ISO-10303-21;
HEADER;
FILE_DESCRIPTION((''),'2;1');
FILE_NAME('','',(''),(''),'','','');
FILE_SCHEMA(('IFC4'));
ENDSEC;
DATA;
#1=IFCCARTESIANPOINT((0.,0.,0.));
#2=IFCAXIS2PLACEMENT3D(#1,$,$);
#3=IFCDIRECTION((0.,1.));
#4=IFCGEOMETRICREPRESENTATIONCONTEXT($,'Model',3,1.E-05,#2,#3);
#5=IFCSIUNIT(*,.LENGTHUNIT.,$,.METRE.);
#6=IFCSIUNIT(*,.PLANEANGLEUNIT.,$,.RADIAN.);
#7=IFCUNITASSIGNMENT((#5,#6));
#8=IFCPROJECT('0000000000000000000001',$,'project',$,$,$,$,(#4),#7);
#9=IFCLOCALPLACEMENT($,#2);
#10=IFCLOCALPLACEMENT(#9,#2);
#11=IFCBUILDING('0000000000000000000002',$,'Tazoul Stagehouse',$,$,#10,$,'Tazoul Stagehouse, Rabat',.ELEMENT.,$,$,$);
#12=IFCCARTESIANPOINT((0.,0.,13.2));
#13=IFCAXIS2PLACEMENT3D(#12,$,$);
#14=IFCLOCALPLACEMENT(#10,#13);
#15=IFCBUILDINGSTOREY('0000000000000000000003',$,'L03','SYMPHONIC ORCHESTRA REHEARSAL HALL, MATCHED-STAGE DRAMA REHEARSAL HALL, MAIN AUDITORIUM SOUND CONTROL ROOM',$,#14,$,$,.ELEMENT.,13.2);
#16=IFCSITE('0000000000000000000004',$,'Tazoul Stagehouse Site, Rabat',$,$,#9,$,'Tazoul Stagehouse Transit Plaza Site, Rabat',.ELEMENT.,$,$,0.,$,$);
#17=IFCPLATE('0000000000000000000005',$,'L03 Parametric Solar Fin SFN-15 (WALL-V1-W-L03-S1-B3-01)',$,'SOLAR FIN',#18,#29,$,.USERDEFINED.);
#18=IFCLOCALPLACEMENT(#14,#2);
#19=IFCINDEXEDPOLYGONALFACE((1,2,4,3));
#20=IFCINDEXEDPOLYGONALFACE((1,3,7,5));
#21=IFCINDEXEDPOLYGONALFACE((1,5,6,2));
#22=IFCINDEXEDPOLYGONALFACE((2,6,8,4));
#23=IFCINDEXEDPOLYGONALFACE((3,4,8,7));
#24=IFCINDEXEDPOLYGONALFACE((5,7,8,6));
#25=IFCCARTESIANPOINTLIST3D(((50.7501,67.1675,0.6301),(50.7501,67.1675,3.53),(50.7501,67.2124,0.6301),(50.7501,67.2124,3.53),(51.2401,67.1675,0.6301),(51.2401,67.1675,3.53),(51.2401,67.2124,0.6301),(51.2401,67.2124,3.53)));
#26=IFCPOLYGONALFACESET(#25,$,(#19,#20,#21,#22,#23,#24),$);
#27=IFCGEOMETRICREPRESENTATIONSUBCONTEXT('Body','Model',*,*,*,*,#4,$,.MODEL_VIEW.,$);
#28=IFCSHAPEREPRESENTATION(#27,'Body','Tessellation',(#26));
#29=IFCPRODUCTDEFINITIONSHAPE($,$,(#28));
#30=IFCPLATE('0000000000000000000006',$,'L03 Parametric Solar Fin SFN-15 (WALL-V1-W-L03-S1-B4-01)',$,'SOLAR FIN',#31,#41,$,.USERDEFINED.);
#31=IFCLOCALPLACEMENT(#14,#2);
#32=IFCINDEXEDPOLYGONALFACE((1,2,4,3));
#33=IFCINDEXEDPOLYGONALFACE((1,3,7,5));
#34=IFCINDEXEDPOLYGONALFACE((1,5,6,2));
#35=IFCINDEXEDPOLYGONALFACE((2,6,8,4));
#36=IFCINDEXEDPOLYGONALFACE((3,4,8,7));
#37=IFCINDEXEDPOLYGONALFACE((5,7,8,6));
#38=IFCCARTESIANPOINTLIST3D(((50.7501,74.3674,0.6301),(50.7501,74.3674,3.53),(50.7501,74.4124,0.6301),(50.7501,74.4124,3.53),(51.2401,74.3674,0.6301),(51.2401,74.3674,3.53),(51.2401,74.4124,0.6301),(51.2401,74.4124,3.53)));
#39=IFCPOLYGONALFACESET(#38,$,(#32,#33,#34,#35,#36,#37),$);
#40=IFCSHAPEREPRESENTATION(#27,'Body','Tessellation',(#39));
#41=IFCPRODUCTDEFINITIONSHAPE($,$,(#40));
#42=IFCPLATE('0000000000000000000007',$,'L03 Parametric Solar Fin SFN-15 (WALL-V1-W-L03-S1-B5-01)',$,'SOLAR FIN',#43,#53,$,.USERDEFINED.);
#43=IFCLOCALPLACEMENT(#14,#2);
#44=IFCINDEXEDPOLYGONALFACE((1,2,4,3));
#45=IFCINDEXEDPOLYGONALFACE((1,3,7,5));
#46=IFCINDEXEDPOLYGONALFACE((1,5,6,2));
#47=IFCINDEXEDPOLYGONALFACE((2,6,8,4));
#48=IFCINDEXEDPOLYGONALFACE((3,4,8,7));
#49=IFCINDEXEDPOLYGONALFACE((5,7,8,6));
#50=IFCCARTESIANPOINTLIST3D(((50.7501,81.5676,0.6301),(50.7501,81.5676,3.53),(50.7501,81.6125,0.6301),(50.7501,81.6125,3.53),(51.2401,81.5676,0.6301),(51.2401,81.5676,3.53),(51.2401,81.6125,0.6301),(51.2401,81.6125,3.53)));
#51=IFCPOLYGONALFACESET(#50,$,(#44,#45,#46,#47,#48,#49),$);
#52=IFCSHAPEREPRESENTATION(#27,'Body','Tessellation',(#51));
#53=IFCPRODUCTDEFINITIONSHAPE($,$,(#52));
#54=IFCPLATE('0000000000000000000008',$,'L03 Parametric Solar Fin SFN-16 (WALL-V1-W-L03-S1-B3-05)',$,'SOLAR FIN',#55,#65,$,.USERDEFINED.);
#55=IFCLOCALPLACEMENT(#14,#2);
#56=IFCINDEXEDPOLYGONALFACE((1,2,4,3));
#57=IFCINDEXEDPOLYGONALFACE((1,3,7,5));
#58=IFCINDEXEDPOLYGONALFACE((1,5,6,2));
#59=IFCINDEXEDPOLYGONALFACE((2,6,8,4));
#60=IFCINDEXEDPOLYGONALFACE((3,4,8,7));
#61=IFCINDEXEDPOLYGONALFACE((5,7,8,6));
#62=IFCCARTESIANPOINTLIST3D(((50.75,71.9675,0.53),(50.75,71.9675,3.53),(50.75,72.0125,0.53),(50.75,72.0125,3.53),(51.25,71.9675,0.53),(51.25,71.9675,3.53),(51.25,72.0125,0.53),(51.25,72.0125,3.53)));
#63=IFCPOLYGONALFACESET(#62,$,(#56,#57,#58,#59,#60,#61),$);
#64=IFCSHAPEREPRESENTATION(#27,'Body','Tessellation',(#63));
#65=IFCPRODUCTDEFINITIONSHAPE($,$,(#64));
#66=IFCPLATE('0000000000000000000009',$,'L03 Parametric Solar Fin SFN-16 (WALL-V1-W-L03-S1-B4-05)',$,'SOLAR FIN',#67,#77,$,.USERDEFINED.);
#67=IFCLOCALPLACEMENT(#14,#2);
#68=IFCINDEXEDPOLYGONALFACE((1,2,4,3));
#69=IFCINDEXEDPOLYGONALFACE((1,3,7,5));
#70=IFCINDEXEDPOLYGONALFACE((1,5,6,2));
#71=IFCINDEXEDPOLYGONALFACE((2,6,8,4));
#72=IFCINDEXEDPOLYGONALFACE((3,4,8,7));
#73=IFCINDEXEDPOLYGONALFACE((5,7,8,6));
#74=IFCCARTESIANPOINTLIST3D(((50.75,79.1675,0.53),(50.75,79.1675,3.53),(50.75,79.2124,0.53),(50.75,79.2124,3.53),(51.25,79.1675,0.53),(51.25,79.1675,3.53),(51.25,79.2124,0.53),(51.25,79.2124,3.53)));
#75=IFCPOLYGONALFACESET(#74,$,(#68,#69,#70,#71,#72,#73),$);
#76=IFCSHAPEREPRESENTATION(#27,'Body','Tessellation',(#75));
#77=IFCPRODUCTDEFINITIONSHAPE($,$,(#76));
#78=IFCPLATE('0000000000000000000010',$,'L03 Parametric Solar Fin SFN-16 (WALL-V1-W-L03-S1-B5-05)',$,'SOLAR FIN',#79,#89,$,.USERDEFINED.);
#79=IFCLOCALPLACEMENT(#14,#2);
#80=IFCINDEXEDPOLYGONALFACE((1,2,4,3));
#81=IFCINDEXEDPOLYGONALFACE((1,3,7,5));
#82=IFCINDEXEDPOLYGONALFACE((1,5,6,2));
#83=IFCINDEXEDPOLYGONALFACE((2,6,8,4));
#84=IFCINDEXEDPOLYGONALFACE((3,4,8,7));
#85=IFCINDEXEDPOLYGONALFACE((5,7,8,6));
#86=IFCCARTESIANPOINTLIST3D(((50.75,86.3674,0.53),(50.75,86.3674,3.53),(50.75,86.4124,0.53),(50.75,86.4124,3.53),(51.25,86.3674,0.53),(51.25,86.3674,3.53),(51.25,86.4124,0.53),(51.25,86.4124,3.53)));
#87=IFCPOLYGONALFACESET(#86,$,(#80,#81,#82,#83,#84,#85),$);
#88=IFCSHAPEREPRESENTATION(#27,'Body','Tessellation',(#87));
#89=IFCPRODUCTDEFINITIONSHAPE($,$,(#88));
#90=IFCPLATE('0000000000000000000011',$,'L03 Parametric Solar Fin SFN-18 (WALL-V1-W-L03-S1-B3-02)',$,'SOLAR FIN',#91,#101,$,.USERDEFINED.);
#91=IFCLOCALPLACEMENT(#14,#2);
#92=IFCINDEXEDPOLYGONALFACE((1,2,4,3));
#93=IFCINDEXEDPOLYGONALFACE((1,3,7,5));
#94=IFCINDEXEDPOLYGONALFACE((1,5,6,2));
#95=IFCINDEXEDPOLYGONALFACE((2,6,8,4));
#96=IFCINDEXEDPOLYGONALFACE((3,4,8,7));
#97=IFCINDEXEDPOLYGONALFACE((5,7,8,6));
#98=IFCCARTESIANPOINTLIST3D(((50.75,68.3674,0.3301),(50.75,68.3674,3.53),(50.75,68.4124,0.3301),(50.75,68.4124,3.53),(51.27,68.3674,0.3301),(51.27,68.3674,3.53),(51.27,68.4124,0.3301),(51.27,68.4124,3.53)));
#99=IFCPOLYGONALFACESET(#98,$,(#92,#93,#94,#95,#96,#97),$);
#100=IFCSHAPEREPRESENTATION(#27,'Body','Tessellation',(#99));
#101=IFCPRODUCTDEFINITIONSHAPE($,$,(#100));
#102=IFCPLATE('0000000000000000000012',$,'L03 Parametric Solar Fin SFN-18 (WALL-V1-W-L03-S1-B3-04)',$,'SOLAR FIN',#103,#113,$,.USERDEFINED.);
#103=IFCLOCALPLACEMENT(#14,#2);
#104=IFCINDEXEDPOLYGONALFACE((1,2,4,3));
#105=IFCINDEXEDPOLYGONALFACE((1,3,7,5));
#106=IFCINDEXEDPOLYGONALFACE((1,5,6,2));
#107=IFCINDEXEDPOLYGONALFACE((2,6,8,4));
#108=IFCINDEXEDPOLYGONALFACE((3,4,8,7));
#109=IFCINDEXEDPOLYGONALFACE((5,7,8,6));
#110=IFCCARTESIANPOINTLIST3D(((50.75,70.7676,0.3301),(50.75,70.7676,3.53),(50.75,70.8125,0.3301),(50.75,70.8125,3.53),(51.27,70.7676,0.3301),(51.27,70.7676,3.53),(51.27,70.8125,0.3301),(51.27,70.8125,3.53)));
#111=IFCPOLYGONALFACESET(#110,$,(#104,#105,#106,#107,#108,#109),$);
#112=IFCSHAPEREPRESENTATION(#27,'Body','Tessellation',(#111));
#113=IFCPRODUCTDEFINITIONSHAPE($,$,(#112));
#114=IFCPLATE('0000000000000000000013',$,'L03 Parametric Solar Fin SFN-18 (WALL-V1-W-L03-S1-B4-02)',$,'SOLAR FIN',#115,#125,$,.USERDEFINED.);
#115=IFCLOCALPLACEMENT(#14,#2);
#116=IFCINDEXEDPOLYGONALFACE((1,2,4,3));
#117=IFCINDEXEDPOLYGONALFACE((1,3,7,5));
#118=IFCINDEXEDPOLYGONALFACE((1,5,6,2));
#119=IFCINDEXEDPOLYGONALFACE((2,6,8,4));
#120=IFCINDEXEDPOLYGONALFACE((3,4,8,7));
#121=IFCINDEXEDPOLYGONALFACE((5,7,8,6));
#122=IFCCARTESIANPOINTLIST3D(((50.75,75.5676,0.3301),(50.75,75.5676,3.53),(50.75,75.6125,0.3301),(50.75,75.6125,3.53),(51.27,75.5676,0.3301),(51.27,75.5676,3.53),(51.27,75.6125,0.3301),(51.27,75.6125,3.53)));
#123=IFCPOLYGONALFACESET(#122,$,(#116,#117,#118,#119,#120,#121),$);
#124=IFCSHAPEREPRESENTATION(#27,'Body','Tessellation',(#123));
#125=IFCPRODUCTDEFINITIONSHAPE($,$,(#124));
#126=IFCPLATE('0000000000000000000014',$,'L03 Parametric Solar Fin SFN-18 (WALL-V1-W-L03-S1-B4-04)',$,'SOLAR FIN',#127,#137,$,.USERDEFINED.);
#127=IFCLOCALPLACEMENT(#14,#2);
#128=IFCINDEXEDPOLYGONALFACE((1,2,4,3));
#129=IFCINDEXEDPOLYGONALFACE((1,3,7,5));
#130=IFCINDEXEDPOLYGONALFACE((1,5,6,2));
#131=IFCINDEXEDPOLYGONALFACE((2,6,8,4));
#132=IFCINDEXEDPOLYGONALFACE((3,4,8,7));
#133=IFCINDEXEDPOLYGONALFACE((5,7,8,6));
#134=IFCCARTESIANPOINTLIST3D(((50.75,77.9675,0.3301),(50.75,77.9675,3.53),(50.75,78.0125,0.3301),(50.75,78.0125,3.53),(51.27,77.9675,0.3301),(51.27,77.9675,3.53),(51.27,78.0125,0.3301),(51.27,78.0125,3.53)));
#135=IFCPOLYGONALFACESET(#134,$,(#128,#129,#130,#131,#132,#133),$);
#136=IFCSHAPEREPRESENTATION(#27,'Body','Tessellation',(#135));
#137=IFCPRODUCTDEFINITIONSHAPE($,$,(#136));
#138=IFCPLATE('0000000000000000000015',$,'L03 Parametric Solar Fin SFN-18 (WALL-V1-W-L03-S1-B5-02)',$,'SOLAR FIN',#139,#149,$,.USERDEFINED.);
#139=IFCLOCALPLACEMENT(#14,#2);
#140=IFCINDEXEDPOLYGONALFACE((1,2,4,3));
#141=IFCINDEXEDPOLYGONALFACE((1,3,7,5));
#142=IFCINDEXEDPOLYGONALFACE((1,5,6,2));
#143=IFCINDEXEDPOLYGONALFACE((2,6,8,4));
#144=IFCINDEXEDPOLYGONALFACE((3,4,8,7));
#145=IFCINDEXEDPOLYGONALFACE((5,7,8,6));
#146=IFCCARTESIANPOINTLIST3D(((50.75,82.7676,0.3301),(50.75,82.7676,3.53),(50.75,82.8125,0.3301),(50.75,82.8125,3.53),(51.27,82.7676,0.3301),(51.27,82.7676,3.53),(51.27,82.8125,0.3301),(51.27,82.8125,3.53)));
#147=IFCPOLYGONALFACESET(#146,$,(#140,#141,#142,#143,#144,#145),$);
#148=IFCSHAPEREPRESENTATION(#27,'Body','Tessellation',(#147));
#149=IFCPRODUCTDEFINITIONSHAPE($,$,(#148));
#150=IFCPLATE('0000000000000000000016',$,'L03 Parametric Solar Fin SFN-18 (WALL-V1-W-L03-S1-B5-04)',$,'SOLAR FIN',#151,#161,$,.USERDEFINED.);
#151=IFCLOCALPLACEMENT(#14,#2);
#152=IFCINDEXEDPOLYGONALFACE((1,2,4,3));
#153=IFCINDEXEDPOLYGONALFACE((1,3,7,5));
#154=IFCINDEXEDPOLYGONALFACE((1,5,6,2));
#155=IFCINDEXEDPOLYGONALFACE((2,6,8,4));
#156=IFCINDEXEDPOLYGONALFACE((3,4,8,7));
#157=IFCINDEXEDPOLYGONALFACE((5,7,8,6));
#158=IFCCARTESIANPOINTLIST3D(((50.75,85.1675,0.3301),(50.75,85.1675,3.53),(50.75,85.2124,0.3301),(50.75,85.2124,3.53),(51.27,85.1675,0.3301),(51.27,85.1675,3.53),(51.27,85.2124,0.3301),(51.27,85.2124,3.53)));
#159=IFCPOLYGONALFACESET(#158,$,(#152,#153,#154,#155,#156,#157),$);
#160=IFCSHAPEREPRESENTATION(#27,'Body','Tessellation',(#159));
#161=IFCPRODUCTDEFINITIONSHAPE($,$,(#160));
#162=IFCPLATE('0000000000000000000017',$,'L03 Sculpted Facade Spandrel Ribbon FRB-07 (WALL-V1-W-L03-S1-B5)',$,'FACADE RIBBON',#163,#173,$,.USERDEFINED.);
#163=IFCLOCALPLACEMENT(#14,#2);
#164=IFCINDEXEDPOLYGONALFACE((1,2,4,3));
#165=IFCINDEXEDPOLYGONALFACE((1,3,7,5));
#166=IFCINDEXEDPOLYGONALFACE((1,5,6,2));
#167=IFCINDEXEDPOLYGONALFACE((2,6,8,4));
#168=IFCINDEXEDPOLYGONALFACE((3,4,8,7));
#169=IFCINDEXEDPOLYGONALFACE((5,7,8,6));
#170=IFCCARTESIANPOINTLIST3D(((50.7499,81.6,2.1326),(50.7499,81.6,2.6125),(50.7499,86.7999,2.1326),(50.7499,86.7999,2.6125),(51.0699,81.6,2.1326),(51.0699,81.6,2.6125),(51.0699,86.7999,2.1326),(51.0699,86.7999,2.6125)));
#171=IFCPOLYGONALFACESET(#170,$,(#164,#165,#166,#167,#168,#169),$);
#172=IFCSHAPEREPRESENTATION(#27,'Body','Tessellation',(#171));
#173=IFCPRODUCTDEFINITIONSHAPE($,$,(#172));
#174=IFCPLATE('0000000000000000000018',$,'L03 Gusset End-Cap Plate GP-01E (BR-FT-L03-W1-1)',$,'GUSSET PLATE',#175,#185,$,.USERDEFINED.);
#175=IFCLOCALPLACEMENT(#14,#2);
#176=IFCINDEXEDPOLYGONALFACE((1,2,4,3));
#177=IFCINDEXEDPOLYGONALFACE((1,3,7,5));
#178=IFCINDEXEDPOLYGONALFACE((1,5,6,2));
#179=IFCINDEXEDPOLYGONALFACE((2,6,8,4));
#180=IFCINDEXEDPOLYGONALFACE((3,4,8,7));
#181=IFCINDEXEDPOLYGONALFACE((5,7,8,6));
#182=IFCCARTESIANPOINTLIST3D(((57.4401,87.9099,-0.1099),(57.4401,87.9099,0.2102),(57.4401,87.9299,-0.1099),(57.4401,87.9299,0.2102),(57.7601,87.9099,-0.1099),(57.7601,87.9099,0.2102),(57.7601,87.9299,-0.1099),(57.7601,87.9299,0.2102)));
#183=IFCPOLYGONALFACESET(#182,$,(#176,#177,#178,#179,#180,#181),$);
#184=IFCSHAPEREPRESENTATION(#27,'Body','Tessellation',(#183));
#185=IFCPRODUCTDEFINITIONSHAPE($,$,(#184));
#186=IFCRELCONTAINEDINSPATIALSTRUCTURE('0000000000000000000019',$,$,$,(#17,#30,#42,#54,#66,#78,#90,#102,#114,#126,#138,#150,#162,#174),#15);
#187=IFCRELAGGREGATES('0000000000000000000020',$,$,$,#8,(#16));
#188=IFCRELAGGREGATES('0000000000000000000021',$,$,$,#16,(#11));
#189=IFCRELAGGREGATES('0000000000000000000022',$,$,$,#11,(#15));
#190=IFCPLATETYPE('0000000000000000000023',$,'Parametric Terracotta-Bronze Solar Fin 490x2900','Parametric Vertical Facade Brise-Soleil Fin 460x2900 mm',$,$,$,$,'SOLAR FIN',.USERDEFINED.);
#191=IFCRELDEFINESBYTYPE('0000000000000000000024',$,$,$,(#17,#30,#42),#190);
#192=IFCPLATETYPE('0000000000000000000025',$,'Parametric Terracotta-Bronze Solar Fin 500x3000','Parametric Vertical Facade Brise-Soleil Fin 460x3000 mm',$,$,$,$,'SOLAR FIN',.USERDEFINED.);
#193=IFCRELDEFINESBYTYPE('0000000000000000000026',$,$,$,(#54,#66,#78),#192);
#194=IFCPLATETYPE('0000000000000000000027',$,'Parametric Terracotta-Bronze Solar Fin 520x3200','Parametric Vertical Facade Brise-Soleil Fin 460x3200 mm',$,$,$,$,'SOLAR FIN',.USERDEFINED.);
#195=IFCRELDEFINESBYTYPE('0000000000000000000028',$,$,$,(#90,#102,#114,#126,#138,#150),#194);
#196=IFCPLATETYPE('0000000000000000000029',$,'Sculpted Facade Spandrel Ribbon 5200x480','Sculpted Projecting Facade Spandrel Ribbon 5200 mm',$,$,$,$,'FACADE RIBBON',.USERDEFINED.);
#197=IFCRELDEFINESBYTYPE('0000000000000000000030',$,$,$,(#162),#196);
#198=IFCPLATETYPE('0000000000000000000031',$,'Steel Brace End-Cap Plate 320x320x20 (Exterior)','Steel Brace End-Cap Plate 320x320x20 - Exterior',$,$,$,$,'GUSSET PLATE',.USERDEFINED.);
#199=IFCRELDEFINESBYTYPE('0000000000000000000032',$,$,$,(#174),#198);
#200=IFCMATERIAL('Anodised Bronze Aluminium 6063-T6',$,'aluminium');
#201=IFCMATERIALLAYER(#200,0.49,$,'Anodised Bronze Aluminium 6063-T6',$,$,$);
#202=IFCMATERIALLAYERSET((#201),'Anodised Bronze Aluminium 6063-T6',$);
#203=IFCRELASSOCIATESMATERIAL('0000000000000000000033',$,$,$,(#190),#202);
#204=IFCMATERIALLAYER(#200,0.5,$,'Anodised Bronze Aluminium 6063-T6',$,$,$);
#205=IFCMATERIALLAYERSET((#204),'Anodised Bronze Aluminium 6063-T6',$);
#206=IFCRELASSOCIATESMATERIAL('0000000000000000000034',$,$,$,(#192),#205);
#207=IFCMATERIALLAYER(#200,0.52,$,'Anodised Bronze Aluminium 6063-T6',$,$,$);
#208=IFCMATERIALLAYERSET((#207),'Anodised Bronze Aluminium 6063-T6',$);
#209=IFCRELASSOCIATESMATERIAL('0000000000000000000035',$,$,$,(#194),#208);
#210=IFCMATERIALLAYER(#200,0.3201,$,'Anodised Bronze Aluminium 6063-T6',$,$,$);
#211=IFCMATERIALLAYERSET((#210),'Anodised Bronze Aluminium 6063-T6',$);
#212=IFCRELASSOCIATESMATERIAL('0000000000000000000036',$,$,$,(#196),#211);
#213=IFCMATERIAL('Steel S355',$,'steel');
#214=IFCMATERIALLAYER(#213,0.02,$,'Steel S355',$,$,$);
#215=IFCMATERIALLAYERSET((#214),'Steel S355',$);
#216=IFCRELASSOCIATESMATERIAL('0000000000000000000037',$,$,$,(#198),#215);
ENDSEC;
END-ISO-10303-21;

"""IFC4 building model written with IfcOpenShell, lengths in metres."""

from ifc_helpers import new_model, si_unit, direction, frame, origin, origin_2d, place, context, subcontext, project, spatial, rectangle, extrude, material, layer, layer_set, type_object, element, save


model = new_model("IFC4")

# Units and contexts
model_context = context("Model", 3, precision=1e-05, world=origin(), true_north=direction((0.0, 1.0)))
body_context = subcontext(model_context, "Body", "Model", "MODEL_VIEW")
ifc_project = project(units=[si_unit("LENGTHUNIT", "METRE"), si_unit("PLANEANGLEUNIT", "RADIAN")], contexts=[model_context])

# Site, building, storey
site_placement = place(None, origin())
site = spatial("IfcSite", under=ifc_project, at=site_placement, Name="Tazoul Stagehouse Site, Rabat", LongName="Tazoul Stagehouse Transit Plaza Site, Rabat", CompositionType="ELEMENT", RefElevation=0.0)
building_placement = place(site_placement, origin())
building = spatial("IfcBuilding", under=site, at=building_placement, Name="Tazoul Stagehouse", LongName="Tazoul Stagehouse, Rabat", CompositionType="ELEMENT")
storey_placement = place(building_placement, frame((0.0, 0.0, 13.2)))
storey = spatial("IfcBuildingStorey", under=building, at=storey_placement, Name="L03", Description="SYMPHONIC ORCHESTRA REHEARSAL HALL, MATCHED-STAGE DRAMA REHEARSAL HALL, MAIN AUDITORIUM SOUND CONTROL ROOM", CompositionType="ELEMENT", Elevation=13.2)

# Shared definitions
ifc_material_1 = material(Name="Steel S355", Category="steel")

# Plates
ifc_material_2 = material(Name="Anodised Bronze Aluminium 6063-T6", Category="aluminium")
ifc_layer_1 = layer(ifc_material_2, 0.49, Name="Anodised Bronze Aluminium 6063-T6")
ifc_layer_set_1 = layer_set([ifc_layer_1], Name="Anodised Bronze Aluminium 6063-T6")
plate_type_1 = type_object("IfcPlateType", Name="Parametric Terracotta-Bronze Solar Fin 490x2900", Description="Parametric Vertical Facade Brise-Soleil Fin 460x2900 mm", ElementType="SOLAR FIN", PredefinedType="USERDEFINED", material=ifc_layer_set_1)
for number, where, z_axis, x_axis, name in (
    (1, (50.9951, 67.1899, 0.6301), (0.0, 0.0, 1.0), (0.0, 1.0, 0.0), "L03 Parametric Solar Fin SFN-15 (WALL-V1-W-L03-S1-B3-01)"),
    (2, (50.9951, 74.3899, 0.6301), (0.0, 0.0, 1.0), (0.0, 1.0, 0.0), "L03 Parametric Solar Fin SFN-15 (WALL-V1-W-L03-S1-B4-01)"),
    (3, (50.9951, 81.5901, 0.6301), (0.0, 0.0, 1.0), (0.0, 1.0, 0.0), "L03 Parametric Solar Fin SFN-15 (WALL-V1-W-L03-S1-B5-01)"),
):
    element("IfcPlate", number, at=place(storey_placement, frame(where, z_axis=z_axis, x_axis=x_axis)), inside=storey, type_object=plate_type_1, Name=name, ObjectType="SOLAR FIN", PredefinedType="USERDEFINED", context=body_context, shape_type="SweptSolid", body=[
        extrude(rectangle(XDim=0.0449, YDim=0.49, at=origin_2d()), origin(), (0.0, 0.0, 1.0), 2.8999),
    ])
ifc_layer_2 = layer(ifc_material_2, 0.5, Name="Anodised Bronze Aluminium 6063-T6")
ifc_layer_set_2 = layer_set([ifc_layer_2], Name="Anodised Bronze Aluminium 6063-T6")
plate_type_2 = type_object("IfcPlateType", Name="Parametric Terracotta-Bronze Solar Fin 500x3000", Description="Parametric Vertical Facade Brise-Soleil Fin 460x3000 mm", ElementType="SOLAR FIN", PredefinedType="USERDEFINED", material=ifc_layer_set_2)
for number, where, z_axis, x_axis, name in (
    (4, (51.0, 71.99, 0.53), (0.0, 0.0, 1.0), (0.0, 1.0, 0.0), "L03 Parametric Solar Fin SFN-16 (WALL-V1-W-L03-S1-B3-05)"),
    (5, (51.0, 79.1899, 0.53), (0.0, 0.0, 1.0), (0.0, 1.0, 0.0), "L03 Parametric Solar Fin SFN-16 (WALL-V1-W-L03-S1-B4-05)"),
    (6, (51.0, 86.3899, 0.53), (0.0, 0.0, 1.0), (0.0, 1.0, 0.0), "L03 Parametric Solar Fin SFN-16 (WALL-V1-W-L03-S1-B5-05)"),
):
    element("IfcPlate", number, at=place(storey_placement, frame(where, z_axis=z_axis, x_axis=x_axis)), inside=storey, type_object=plate_type_2, Name=name, ObjectType="SOLAR FIN", PredefinedType="USERDEFINED", context=body_context, shape_type="SweptSolid", body=[
        extrude(rectangle(XDim=0.0449, YDim=0.5, at=origin_2d()), origin(), (0.0, 0.0, 1.0), 3.0),
    ])
ifc_layer_3 = layer(ifc_material_2, 0.52, Name="Anodised Bronze Aluminium 6063-T6")
ifc_layer_set_3 = layer_set([ifc_layer_3], Name="Anodised Bronze Aluminium 6063-T6")
plate_type_3 = type_object("IfcPlateType", Name="Parametric Terracotta-Bronze Solar Fin 520x3200", Description="Parametric Vertical Facade Brise-Soleil Fin 460x3200 mm", ElementType="SOLAR FIN", PredefinedType="USERDEFINED", material=ifc_layer_set_3)
for number, where, z_axis, x_axis, name in (
    (7, (51.01, 68.3899, 0.3301), (0.0, 0.0, 1.0), (0.0, 1.0, 0.0), "L03 Parametric Solar Fin SFN-18 (WALL-V1-W-L03-S1-B3-02)"),
    (8, (51.01, 70.79, 0.3301), (0.0, 0.0, 1.0), (0.0, 1.0, 0.0), "L03 Parametric Solar Fin SFN-18 (WALL-V1-W-L03-S1-B3-04)"),
    (9, (51.01, 75.5901, 0.3301), (0.0, 0.0, 1.0), (0.0, 1.0, 0.0), "L03 Parametric Solar Fin SFN-18 (WALL-V1-W-L03-S1-B4-02)"),
    (10, (51.01, 77.99, 0.3301), (0.0, 0.0, 1.0), (0.0, 1.0, 0.0), "L03 Parametric Solar Fin SFN-18 (WALL-V1-W-L03-S1-B4-04)"),
    (11, (51.01, 82.79, 0.3301), (0.0, 0.0, 1.0), (0.0, 1.0, 0.0), "L03 Parametric Solar Fin SFN-18 (WALL-V1-W-L03-S1-B5-02)"),
    (12, (51.01, 85.1899, 0.3301), (0.0, 0.0, 1.0), (0.0, 1.0, 0.0), "L03 Parametric Solar Fin SFN-18 (WALL-V1-W-L03-S1-B5-04)"),
):
    element("IfcPlate", number, at=place(storey_placement, frame(where, z_axis=z_axis, x_axis=x_axis)), inside=storey, type_object=plate_type_3, Name=name, ObjectType="SOLAR FIN", PredefinedType="USERDEFINED", context=body_context, shape_type="SweptSolid", body=[
        extrude(rectangle(XDim=0.0449, YDim=0.52, at=origin_2d()), origin(), (0.0, 0.0, 1.0), 3.2),
    ])
ifc_layer_4 = layer(ifc_material_2, 0.3201, Name="Anodised Bronze Aluminium 6063-T6")
ifc_layer_set_4 = layer_set([ifc_layer_4], Name="Anodised Bronze Aluminium 6063-T6")
plate_type_4 = type_object("IfcPlateType", Name="Sculpted Facade Spandrel Ribbon 5200x480", Description="Sculpted Projecting Facade Spandrel Ribbon 5200 mm", ElementType="FACADE RIBBON", PredefinedType="USERDEFINED", material=ifc_layer_set_4)
plate_1_placement = place(storey_placement, frame((50.9099, 84.2, 2.1326), z_axis=(0.0, 0.0, 1.0), x_axis=(0.0, 1.0, 0.0)))
element("IfcPlate", 13, at=plate_1_placement, inside=storey, type_object=plate_type_4, Name="L03 Sculpted Facade Spandrel Ribbon FRB-07 (WALL-V1-W-L03-S1-B5)", ObjectType="FACADE RIBBON", PredefinedType="USERDEFINED", context=body_context, shape_type="SweptSolid", body=[
    extrude(rectangle(XDim=5.2, YDim=0.3201, at=origin_2d()), origin(), (0.0, 0.0, 1.0), 0.48),
])
ifc_layer_5 = layer(ifc_material_1, 0.02, Name="Steel S355")
ifc_layer_set_5 = layer_set([ifc_layer_5], Name="Steel S355")
plate_type_5 = type_object("IfcPlateType", Name="Steel Brace End-Cap Plate 320x320x20 (Exterior)", Description="Steel Brace End-Cap Plate 320x320x20 - Exterior", ElementType="GUSSET PLATE", PredefinedType="USERDEFINED", material=ifc_layer_set_5)
plate_2_placement = place(storey_placement, frame((57.6001, 87.9199, -0.1099), z_axis=(0.0, 0.0, 1.0), x_axis=(0.0, 1.0, 0.0)))
element("IfcPlate", 14, at=plate_2_placement, inside=storey, type_object=plate_type_5, Name="L03 Gusset End-Cap Plate GP-01E (BR-FT-L03-W1-1)", ObjectType="GUSSET PLATE", PredefinedType="USERDEFINED", context=body_context, shape_type="SweptSolid", body=[
    extrude(rectangle(XDim=0.02, YDim=0.3201, at=origin_2d()), origin(), (0.0, 0.0, 1.0), 0.3201),
])

save(model, "model.ifc")
